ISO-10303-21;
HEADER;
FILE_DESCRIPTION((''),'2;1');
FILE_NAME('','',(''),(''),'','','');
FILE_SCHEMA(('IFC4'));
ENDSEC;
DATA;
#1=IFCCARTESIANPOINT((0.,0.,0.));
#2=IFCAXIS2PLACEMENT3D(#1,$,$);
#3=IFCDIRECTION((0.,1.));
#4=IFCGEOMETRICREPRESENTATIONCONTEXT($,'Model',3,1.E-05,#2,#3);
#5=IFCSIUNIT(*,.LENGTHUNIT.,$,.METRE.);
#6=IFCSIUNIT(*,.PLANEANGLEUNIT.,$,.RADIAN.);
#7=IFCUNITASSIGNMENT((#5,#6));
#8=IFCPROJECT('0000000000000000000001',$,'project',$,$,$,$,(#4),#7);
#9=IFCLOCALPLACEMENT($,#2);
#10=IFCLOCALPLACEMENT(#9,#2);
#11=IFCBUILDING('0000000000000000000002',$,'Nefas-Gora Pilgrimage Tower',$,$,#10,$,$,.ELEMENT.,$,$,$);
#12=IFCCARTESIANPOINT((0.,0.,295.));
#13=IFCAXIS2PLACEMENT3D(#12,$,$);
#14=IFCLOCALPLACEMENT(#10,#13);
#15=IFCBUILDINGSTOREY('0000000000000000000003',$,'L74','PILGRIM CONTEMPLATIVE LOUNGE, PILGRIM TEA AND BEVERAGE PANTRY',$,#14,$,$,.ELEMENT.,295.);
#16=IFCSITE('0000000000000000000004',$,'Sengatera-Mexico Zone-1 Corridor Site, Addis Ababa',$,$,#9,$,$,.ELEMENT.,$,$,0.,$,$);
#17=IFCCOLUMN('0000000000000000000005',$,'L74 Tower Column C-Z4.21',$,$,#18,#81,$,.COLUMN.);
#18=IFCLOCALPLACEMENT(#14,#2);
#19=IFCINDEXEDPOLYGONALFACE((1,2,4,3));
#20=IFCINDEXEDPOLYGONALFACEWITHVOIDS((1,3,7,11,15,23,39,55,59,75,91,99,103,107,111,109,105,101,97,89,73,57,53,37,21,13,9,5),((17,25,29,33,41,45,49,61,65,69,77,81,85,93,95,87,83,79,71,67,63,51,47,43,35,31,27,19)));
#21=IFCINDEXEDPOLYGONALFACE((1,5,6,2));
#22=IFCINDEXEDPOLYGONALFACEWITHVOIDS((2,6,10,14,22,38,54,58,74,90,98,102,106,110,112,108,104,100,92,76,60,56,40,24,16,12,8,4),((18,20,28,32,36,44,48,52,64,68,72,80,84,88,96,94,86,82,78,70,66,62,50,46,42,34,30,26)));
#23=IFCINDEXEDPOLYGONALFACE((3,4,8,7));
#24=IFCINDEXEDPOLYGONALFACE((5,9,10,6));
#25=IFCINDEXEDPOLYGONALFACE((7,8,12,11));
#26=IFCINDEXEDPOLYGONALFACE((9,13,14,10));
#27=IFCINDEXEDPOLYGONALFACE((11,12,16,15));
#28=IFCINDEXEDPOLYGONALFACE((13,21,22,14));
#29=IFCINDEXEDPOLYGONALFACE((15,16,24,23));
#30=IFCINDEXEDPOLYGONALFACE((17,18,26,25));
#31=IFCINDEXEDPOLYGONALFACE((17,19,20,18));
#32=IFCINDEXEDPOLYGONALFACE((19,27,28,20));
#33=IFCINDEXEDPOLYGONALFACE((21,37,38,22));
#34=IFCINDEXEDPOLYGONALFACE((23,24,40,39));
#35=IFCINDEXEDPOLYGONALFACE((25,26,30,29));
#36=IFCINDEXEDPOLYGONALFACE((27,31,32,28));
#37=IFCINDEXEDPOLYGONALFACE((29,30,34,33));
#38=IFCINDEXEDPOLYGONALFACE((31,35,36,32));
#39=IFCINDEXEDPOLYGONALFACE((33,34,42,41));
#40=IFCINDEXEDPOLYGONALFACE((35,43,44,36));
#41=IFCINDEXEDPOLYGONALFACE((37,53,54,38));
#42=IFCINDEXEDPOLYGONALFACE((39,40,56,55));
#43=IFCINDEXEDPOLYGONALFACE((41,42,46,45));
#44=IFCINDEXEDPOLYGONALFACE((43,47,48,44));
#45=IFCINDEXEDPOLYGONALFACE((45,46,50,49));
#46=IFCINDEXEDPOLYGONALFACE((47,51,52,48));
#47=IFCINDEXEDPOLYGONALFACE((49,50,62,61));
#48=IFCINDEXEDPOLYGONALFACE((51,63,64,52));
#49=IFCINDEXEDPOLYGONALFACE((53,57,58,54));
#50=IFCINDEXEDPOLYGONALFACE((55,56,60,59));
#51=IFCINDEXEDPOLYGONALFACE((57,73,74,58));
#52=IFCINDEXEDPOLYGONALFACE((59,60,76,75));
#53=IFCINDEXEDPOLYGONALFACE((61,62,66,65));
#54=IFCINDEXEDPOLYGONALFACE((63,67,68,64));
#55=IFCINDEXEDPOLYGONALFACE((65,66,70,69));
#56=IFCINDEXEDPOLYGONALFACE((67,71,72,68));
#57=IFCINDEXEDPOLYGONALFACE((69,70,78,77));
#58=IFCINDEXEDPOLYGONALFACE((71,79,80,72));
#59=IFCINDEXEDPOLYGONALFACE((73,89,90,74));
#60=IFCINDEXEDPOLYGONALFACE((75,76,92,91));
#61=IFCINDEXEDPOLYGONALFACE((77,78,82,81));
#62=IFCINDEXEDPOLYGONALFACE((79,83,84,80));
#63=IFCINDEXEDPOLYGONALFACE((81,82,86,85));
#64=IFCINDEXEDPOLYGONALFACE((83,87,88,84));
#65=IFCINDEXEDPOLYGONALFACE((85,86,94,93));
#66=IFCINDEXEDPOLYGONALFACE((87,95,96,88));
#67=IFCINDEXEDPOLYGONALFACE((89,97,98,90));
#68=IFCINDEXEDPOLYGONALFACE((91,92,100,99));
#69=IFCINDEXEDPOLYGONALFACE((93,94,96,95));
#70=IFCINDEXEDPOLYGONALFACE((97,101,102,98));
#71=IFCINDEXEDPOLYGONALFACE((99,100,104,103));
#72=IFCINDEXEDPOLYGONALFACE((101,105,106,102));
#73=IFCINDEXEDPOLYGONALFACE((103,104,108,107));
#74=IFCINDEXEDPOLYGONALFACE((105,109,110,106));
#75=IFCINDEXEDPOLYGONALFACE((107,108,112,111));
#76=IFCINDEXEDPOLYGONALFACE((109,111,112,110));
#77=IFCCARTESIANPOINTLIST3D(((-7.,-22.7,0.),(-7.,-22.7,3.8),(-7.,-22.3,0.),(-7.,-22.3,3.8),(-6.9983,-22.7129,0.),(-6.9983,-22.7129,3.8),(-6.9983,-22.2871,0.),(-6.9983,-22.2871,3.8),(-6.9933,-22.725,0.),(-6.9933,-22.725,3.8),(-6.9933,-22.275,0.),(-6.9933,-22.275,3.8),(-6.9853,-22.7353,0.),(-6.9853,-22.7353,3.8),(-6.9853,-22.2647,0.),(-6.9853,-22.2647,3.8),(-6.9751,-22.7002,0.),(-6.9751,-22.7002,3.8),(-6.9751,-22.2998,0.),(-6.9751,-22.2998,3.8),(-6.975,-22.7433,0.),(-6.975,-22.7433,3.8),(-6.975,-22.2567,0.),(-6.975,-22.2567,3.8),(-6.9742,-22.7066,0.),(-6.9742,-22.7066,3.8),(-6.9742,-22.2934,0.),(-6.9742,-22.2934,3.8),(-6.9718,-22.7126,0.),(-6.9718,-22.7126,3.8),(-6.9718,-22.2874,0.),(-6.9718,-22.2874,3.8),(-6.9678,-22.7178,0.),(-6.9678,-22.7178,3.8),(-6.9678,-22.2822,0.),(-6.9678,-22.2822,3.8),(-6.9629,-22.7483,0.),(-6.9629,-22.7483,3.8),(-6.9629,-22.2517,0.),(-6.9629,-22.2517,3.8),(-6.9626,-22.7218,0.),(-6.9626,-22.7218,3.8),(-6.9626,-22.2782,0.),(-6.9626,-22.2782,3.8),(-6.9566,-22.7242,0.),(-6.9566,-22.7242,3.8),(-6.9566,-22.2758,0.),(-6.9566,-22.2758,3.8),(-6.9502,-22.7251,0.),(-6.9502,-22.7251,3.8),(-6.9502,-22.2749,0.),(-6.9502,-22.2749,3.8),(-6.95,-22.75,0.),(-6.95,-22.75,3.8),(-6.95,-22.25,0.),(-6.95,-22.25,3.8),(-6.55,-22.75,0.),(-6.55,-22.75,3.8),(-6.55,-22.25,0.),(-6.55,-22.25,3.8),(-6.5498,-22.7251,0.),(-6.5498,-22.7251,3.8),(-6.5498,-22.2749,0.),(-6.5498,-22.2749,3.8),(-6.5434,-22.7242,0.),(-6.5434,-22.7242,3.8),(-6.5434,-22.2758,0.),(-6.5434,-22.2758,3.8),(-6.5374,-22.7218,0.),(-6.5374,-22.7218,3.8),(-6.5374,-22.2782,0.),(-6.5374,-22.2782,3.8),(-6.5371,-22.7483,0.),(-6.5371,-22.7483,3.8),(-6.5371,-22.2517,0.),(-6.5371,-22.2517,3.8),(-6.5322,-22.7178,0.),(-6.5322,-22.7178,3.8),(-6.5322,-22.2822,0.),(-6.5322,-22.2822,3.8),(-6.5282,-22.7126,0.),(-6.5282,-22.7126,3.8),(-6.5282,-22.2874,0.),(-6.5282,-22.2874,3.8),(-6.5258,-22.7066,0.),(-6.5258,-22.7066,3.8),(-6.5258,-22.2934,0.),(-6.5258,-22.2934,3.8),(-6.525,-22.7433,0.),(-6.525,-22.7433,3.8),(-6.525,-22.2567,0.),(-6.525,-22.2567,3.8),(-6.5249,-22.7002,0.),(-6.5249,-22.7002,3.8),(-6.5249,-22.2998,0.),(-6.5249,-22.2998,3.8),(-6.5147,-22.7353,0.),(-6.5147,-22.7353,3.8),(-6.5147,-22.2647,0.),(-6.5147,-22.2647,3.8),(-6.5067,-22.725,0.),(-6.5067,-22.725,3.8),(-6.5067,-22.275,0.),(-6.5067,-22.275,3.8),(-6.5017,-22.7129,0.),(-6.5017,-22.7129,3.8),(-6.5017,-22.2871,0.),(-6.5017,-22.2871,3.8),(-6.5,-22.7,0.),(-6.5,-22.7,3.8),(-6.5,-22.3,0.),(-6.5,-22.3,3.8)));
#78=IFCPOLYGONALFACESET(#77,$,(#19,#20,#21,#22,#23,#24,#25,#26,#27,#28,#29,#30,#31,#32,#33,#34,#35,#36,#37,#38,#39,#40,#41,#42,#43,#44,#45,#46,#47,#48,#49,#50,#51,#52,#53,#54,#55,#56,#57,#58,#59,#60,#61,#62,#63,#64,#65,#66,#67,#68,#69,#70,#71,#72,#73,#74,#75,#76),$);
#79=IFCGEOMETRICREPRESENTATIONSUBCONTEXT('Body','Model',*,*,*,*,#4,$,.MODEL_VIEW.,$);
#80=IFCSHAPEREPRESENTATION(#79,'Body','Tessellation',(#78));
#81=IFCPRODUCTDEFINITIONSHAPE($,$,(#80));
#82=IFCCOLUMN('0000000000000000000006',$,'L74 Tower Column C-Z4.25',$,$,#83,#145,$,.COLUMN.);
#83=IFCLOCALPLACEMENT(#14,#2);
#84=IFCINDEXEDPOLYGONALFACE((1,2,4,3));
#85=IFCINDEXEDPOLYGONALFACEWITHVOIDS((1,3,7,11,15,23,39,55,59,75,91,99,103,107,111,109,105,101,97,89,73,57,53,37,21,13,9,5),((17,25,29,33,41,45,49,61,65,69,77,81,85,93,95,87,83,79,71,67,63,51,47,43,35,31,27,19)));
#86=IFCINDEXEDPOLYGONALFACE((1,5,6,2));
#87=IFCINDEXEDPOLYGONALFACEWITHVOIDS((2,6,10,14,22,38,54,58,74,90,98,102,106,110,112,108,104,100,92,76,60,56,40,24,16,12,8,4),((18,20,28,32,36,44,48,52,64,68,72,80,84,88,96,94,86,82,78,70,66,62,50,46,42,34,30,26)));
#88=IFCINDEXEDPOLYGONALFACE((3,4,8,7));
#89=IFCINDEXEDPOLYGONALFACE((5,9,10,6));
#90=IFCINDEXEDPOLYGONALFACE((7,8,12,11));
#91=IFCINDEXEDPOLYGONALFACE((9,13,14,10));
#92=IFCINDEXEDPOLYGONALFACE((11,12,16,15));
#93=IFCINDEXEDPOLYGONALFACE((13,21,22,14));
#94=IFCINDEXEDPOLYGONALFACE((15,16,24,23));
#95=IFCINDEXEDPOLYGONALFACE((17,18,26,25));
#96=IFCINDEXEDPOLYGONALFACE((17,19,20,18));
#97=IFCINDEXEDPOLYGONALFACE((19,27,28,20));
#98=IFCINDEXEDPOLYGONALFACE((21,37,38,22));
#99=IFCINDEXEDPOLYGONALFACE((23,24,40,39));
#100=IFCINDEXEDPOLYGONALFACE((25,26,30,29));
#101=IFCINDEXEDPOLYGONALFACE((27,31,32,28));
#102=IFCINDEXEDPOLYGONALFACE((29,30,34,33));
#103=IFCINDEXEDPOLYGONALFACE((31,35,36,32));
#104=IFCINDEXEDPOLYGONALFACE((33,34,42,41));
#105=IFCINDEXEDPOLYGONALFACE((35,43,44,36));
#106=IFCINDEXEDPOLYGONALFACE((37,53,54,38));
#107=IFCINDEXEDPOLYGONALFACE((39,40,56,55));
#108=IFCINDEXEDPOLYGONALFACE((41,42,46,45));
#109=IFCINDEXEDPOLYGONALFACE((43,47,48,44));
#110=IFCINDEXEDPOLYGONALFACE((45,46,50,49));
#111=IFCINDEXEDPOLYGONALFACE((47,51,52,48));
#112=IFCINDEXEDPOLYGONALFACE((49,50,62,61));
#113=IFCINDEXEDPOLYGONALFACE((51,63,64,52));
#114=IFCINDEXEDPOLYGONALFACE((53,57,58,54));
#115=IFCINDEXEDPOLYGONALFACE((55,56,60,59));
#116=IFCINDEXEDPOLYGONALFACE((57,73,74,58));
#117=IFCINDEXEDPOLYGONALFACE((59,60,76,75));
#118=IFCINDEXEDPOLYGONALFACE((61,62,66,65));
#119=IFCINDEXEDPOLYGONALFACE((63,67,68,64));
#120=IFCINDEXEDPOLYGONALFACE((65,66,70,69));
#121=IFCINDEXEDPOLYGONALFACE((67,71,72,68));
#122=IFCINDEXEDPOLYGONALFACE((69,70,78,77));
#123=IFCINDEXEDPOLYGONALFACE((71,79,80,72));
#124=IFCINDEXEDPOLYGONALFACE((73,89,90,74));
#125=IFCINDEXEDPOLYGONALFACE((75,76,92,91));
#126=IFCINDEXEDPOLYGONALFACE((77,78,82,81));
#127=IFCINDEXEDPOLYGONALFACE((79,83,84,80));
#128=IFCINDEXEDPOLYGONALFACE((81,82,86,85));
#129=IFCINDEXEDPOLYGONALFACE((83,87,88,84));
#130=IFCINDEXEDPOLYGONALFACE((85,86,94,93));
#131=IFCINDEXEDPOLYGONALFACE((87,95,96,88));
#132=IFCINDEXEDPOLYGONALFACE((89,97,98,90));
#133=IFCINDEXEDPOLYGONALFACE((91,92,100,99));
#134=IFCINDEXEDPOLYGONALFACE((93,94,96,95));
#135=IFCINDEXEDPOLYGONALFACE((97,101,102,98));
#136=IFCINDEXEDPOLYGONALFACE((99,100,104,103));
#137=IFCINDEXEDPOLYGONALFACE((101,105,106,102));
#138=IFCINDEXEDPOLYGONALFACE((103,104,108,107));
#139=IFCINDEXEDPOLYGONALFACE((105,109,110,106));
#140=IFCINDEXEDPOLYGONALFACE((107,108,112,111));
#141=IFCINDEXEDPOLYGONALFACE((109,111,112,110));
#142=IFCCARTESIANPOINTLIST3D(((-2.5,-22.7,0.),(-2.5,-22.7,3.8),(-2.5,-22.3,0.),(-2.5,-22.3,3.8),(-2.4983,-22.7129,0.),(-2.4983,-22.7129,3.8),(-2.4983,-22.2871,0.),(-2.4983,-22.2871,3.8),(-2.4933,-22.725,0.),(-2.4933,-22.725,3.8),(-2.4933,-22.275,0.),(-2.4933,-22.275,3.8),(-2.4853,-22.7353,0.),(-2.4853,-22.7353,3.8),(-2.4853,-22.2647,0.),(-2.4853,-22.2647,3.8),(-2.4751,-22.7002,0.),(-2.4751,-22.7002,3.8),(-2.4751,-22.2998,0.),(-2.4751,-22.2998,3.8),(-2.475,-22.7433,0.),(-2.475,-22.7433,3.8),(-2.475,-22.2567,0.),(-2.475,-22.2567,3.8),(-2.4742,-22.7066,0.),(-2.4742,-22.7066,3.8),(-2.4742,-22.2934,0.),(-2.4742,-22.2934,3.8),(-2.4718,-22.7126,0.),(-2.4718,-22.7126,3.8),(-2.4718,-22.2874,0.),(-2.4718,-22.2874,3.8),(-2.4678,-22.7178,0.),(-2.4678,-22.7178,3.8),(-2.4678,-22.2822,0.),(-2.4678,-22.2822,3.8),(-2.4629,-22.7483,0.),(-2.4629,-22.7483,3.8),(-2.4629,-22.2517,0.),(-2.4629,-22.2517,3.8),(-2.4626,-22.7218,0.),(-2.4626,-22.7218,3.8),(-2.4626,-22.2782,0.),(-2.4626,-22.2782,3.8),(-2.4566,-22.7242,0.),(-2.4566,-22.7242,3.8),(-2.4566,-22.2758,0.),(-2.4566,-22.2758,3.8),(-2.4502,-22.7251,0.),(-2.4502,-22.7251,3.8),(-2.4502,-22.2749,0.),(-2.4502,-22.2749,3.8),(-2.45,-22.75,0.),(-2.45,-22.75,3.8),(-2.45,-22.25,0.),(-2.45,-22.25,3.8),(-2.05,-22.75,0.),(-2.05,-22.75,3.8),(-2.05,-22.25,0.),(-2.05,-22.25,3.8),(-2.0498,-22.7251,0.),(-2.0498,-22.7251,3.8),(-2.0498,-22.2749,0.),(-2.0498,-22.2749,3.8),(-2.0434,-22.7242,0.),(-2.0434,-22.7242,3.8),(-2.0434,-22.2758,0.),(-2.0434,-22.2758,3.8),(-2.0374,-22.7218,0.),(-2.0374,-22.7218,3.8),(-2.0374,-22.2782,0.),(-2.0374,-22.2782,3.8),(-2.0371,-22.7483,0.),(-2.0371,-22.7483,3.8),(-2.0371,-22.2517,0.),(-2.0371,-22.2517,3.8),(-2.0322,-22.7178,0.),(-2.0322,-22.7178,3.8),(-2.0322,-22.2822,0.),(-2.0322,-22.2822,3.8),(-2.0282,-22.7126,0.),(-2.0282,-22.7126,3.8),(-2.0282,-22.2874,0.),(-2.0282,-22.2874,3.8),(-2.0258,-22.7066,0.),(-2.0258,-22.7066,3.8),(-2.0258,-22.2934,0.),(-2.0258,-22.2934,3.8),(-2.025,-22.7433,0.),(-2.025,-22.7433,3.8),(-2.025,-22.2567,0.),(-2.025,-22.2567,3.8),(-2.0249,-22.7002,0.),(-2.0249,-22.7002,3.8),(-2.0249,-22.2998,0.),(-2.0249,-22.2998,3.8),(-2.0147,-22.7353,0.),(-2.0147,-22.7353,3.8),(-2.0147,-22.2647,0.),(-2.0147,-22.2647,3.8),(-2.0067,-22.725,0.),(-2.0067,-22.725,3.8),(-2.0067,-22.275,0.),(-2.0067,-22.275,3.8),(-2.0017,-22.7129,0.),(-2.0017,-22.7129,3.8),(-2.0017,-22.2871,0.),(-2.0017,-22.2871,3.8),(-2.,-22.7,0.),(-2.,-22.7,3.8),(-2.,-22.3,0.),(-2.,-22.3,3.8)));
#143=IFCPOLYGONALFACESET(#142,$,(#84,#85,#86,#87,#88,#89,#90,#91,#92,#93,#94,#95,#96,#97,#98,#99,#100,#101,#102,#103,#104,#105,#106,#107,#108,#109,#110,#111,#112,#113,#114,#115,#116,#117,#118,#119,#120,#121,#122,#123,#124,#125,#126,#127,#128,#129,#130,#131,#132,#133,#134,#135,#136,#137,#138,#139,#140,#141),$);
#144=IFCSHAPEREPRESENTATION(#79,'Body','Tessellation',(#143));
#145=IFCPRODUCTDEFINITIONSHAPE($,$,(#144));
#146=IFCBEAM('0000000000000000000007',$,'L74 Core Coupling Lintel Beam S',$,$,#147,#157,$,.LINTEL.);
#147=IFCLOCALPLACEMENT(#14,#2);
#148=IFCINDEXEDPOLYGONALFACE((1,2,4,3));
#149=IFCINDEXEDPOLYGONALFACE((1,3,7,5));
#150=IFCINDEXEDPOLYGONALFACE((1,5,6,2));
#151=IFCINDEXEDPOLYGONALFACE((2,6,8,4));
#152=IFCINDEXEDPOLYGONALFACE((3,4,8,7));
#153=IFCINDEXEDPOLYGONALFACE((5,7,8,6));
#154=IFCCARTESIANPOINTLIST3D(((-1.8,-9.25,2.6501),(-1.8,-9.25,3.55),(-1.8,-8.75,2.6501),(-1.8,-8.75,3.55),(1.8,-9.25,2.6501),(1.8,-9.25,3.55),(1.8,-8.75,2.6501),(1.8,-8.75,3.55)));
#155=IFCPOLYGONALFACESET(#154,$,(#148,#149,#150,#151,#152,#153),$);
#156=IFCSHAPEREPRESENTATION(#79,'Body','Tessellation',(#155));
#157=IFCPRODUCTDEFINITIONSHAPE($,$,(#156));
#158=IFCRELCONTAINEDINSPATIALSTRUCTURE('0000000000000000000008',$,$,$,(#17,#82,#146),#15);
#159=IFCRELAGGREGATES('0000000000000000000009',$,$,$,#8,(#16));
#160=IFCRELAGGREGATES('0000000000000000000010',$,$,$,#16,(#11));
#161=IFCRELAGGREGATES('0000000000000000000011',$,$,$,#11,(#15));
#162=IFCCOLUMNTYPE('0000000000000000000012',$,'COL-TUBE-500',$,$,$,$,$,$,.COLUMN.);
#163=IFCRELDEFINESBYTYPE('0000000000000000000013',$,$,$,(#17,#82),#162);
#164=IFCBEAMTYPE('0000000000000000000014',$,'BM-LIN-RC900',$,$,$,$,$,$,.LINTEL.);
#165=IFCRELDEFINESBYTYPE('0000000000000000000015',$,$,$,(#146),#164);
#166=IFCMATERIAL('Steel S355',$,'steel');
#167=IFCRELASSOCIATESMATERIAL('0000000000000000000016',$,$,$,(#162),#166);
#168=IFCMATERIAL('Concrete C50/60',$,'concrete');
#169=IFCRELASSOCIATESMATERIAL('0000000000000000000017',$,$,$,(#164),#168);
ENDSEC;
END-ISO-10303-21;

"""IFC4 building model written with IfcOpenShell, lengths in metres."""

from ifc_helpers import new_model, si_unit, direction, frame, origin, origin_2d, place, context, subcontext, project, spatial, rectangle, hollow_rectangle, extrude, source, transform, mapped, material, material_profile, profile_set, type_object, element, save


model = new_model("IFC4")

# Units and contexts
model_context = context("Model", 3, precision=1e-05, world=origin(), true_north=direction((0.0, 1.0)))
body_context = subcontext(model_context, "Body", "Model", "MODEL_VIEW")
ifc_project = project(units=[si_unit("LENGTHUNIT", "METRE"), si_unit("PLANEANGLEUNIT", "RADIAN")], contexts=[model_context])

# Site, building, storey
site_placement = place(None, origin())
site = spatial("IfcSite", under=ifc_project, at=site_placement, Name="Sengatera-Mexico Zone-1 Corridor Site, Addis Ababa", CompositionType="ELEMENT", RefElevation=0.0)
building_placement = place(site_placement, origin())
building = spatial("IfcBuilding", under=site, at=building_placement, Name="Nefas-Gora Pilgrimage Tower", CompositionType="ELEMENT")
storey_placement = place(building_placement, frame((0.0, 0.0, 295.0)))
storey = spatial("IfcBuildingStorey", under=building, at=storey_placement, Name="L74", Description="PILGRIM CONTEMPLATIVE LOUNGE, PILGRIM TEA AND BEVERAGE PANTRY", CompositionType="ELEMENT", Elevation=295.0)

# Columns
ifc_material_1 = material(Name="Steel S355", Category="steel")
ifc_material_profile_1 = material_profile(ifc_material_1, hollow_rectangle(XDim=0.5, YDim=0.5, WallThickness=0.0249, InnerFilletRadius=0.0249, OuterFilletRadius=0.05, at=origin_2d()), Name="SHS 500x500x25")
ifc_profile_set_1 = profile_set([ifc_material_profile_1], Name="Steel S355")
column_type_1 = type_object("IfcColumnType", Name="COL-TUBE-500", PredefinedType="COLUMN", material=ifc_profile_set_1)
shared_shape_1 = source(origin(), body_context, "Body", "SweptSolid", [
    extrude(hollow_rectangle(XDim=0.5, YDim=0.5, WallThickness=0.0249, InnerFilletRadius=0.0249, OuterFilletRadius=0.05, at=origin_2d()), origin(), (0.0, 0.0, 1.0), 3.8),
])
for number, where, z_axis, x_axis, name in (
    (1, (-6.75, -22.5, 0.0), (0.0, 0.0, 1.0), (1.0, 0.0, 0.0), "L74 Tower Column C-Z4.21"),
    (2, (-2.25, -22.5, 0.0), (0.0, 0.0, 1.0), (1.0, 0.0, 0.0), "L74 Tower Column C-Z4.25"),
):
    element("IfcColumn", number, at=place(storey_placement, frame(where, z_axis=z_axis, x_axis=x_axis)), inside=storey, type_object=column_type_1, Name=name, PredefinedType="COLUMN", context=body_context, shape_type="MappedRepresentation", body=[
        mapped(shared_shape_1, transform((0.0, 0.0, 0.0), x_axis=(1.0, 0.0, 0.0), y_axis=(0.0, 1.0, 0.0), z_axis=(0.0, 0.0, 1.0), scale=1.0)),
    ])

# Beam
ifc_material_2 = material(Name="Concrete C50/60", Category="concrete")
ifc_material_profile_2 = material_profile(ifc_material_2, rectangle(XDim=0.5, YDim=0.8999, at=origin_2d()), Name="RC 500x900")
ifc_profile_set_2 = profile_set([ifc_material_profile_2], Name="Concrete C50/60")
beam_type_1 = type_object("IfcBeamType", Name="BM-LIN-RC900", PredefinedType="LINTEL", material=ifc_profile_set_2)
shared_shape_2 = source(origin(), body_context, "Body", "SweptSolid", [
    extrude(rectangle(XDim=0.5, YDim=0.8999, at=origin_2d()), origin(), (0.0, 0.0, 1.0), 3.6001),
])
beam_placement = place(storey_placement, frame((-1.8, -9.0, 3.1001), z_axis=(1.0, 0.0, 0.0), x_axis=(0.0, 1.0, 0.0)))
element("IfcBeam", 3, at=beam_placement, inside=storey, type_object=beam_type_1, Name="L74 Core Coupling Lintel Beam S", PredefinedType="LINTEL", context=body_context, shape_type="MappedRepresentation", body=[
    mapped(shared_shape_2, transform((0.0, 0.0, 0.0), x_axis=(1.0, 0.0, 0.0), y_axis=(0.0, 1.0, 0.0), z_axis=(0.0, 0.0, 1.0), scale=1.0)),
])

save(model, "model.ifc")
